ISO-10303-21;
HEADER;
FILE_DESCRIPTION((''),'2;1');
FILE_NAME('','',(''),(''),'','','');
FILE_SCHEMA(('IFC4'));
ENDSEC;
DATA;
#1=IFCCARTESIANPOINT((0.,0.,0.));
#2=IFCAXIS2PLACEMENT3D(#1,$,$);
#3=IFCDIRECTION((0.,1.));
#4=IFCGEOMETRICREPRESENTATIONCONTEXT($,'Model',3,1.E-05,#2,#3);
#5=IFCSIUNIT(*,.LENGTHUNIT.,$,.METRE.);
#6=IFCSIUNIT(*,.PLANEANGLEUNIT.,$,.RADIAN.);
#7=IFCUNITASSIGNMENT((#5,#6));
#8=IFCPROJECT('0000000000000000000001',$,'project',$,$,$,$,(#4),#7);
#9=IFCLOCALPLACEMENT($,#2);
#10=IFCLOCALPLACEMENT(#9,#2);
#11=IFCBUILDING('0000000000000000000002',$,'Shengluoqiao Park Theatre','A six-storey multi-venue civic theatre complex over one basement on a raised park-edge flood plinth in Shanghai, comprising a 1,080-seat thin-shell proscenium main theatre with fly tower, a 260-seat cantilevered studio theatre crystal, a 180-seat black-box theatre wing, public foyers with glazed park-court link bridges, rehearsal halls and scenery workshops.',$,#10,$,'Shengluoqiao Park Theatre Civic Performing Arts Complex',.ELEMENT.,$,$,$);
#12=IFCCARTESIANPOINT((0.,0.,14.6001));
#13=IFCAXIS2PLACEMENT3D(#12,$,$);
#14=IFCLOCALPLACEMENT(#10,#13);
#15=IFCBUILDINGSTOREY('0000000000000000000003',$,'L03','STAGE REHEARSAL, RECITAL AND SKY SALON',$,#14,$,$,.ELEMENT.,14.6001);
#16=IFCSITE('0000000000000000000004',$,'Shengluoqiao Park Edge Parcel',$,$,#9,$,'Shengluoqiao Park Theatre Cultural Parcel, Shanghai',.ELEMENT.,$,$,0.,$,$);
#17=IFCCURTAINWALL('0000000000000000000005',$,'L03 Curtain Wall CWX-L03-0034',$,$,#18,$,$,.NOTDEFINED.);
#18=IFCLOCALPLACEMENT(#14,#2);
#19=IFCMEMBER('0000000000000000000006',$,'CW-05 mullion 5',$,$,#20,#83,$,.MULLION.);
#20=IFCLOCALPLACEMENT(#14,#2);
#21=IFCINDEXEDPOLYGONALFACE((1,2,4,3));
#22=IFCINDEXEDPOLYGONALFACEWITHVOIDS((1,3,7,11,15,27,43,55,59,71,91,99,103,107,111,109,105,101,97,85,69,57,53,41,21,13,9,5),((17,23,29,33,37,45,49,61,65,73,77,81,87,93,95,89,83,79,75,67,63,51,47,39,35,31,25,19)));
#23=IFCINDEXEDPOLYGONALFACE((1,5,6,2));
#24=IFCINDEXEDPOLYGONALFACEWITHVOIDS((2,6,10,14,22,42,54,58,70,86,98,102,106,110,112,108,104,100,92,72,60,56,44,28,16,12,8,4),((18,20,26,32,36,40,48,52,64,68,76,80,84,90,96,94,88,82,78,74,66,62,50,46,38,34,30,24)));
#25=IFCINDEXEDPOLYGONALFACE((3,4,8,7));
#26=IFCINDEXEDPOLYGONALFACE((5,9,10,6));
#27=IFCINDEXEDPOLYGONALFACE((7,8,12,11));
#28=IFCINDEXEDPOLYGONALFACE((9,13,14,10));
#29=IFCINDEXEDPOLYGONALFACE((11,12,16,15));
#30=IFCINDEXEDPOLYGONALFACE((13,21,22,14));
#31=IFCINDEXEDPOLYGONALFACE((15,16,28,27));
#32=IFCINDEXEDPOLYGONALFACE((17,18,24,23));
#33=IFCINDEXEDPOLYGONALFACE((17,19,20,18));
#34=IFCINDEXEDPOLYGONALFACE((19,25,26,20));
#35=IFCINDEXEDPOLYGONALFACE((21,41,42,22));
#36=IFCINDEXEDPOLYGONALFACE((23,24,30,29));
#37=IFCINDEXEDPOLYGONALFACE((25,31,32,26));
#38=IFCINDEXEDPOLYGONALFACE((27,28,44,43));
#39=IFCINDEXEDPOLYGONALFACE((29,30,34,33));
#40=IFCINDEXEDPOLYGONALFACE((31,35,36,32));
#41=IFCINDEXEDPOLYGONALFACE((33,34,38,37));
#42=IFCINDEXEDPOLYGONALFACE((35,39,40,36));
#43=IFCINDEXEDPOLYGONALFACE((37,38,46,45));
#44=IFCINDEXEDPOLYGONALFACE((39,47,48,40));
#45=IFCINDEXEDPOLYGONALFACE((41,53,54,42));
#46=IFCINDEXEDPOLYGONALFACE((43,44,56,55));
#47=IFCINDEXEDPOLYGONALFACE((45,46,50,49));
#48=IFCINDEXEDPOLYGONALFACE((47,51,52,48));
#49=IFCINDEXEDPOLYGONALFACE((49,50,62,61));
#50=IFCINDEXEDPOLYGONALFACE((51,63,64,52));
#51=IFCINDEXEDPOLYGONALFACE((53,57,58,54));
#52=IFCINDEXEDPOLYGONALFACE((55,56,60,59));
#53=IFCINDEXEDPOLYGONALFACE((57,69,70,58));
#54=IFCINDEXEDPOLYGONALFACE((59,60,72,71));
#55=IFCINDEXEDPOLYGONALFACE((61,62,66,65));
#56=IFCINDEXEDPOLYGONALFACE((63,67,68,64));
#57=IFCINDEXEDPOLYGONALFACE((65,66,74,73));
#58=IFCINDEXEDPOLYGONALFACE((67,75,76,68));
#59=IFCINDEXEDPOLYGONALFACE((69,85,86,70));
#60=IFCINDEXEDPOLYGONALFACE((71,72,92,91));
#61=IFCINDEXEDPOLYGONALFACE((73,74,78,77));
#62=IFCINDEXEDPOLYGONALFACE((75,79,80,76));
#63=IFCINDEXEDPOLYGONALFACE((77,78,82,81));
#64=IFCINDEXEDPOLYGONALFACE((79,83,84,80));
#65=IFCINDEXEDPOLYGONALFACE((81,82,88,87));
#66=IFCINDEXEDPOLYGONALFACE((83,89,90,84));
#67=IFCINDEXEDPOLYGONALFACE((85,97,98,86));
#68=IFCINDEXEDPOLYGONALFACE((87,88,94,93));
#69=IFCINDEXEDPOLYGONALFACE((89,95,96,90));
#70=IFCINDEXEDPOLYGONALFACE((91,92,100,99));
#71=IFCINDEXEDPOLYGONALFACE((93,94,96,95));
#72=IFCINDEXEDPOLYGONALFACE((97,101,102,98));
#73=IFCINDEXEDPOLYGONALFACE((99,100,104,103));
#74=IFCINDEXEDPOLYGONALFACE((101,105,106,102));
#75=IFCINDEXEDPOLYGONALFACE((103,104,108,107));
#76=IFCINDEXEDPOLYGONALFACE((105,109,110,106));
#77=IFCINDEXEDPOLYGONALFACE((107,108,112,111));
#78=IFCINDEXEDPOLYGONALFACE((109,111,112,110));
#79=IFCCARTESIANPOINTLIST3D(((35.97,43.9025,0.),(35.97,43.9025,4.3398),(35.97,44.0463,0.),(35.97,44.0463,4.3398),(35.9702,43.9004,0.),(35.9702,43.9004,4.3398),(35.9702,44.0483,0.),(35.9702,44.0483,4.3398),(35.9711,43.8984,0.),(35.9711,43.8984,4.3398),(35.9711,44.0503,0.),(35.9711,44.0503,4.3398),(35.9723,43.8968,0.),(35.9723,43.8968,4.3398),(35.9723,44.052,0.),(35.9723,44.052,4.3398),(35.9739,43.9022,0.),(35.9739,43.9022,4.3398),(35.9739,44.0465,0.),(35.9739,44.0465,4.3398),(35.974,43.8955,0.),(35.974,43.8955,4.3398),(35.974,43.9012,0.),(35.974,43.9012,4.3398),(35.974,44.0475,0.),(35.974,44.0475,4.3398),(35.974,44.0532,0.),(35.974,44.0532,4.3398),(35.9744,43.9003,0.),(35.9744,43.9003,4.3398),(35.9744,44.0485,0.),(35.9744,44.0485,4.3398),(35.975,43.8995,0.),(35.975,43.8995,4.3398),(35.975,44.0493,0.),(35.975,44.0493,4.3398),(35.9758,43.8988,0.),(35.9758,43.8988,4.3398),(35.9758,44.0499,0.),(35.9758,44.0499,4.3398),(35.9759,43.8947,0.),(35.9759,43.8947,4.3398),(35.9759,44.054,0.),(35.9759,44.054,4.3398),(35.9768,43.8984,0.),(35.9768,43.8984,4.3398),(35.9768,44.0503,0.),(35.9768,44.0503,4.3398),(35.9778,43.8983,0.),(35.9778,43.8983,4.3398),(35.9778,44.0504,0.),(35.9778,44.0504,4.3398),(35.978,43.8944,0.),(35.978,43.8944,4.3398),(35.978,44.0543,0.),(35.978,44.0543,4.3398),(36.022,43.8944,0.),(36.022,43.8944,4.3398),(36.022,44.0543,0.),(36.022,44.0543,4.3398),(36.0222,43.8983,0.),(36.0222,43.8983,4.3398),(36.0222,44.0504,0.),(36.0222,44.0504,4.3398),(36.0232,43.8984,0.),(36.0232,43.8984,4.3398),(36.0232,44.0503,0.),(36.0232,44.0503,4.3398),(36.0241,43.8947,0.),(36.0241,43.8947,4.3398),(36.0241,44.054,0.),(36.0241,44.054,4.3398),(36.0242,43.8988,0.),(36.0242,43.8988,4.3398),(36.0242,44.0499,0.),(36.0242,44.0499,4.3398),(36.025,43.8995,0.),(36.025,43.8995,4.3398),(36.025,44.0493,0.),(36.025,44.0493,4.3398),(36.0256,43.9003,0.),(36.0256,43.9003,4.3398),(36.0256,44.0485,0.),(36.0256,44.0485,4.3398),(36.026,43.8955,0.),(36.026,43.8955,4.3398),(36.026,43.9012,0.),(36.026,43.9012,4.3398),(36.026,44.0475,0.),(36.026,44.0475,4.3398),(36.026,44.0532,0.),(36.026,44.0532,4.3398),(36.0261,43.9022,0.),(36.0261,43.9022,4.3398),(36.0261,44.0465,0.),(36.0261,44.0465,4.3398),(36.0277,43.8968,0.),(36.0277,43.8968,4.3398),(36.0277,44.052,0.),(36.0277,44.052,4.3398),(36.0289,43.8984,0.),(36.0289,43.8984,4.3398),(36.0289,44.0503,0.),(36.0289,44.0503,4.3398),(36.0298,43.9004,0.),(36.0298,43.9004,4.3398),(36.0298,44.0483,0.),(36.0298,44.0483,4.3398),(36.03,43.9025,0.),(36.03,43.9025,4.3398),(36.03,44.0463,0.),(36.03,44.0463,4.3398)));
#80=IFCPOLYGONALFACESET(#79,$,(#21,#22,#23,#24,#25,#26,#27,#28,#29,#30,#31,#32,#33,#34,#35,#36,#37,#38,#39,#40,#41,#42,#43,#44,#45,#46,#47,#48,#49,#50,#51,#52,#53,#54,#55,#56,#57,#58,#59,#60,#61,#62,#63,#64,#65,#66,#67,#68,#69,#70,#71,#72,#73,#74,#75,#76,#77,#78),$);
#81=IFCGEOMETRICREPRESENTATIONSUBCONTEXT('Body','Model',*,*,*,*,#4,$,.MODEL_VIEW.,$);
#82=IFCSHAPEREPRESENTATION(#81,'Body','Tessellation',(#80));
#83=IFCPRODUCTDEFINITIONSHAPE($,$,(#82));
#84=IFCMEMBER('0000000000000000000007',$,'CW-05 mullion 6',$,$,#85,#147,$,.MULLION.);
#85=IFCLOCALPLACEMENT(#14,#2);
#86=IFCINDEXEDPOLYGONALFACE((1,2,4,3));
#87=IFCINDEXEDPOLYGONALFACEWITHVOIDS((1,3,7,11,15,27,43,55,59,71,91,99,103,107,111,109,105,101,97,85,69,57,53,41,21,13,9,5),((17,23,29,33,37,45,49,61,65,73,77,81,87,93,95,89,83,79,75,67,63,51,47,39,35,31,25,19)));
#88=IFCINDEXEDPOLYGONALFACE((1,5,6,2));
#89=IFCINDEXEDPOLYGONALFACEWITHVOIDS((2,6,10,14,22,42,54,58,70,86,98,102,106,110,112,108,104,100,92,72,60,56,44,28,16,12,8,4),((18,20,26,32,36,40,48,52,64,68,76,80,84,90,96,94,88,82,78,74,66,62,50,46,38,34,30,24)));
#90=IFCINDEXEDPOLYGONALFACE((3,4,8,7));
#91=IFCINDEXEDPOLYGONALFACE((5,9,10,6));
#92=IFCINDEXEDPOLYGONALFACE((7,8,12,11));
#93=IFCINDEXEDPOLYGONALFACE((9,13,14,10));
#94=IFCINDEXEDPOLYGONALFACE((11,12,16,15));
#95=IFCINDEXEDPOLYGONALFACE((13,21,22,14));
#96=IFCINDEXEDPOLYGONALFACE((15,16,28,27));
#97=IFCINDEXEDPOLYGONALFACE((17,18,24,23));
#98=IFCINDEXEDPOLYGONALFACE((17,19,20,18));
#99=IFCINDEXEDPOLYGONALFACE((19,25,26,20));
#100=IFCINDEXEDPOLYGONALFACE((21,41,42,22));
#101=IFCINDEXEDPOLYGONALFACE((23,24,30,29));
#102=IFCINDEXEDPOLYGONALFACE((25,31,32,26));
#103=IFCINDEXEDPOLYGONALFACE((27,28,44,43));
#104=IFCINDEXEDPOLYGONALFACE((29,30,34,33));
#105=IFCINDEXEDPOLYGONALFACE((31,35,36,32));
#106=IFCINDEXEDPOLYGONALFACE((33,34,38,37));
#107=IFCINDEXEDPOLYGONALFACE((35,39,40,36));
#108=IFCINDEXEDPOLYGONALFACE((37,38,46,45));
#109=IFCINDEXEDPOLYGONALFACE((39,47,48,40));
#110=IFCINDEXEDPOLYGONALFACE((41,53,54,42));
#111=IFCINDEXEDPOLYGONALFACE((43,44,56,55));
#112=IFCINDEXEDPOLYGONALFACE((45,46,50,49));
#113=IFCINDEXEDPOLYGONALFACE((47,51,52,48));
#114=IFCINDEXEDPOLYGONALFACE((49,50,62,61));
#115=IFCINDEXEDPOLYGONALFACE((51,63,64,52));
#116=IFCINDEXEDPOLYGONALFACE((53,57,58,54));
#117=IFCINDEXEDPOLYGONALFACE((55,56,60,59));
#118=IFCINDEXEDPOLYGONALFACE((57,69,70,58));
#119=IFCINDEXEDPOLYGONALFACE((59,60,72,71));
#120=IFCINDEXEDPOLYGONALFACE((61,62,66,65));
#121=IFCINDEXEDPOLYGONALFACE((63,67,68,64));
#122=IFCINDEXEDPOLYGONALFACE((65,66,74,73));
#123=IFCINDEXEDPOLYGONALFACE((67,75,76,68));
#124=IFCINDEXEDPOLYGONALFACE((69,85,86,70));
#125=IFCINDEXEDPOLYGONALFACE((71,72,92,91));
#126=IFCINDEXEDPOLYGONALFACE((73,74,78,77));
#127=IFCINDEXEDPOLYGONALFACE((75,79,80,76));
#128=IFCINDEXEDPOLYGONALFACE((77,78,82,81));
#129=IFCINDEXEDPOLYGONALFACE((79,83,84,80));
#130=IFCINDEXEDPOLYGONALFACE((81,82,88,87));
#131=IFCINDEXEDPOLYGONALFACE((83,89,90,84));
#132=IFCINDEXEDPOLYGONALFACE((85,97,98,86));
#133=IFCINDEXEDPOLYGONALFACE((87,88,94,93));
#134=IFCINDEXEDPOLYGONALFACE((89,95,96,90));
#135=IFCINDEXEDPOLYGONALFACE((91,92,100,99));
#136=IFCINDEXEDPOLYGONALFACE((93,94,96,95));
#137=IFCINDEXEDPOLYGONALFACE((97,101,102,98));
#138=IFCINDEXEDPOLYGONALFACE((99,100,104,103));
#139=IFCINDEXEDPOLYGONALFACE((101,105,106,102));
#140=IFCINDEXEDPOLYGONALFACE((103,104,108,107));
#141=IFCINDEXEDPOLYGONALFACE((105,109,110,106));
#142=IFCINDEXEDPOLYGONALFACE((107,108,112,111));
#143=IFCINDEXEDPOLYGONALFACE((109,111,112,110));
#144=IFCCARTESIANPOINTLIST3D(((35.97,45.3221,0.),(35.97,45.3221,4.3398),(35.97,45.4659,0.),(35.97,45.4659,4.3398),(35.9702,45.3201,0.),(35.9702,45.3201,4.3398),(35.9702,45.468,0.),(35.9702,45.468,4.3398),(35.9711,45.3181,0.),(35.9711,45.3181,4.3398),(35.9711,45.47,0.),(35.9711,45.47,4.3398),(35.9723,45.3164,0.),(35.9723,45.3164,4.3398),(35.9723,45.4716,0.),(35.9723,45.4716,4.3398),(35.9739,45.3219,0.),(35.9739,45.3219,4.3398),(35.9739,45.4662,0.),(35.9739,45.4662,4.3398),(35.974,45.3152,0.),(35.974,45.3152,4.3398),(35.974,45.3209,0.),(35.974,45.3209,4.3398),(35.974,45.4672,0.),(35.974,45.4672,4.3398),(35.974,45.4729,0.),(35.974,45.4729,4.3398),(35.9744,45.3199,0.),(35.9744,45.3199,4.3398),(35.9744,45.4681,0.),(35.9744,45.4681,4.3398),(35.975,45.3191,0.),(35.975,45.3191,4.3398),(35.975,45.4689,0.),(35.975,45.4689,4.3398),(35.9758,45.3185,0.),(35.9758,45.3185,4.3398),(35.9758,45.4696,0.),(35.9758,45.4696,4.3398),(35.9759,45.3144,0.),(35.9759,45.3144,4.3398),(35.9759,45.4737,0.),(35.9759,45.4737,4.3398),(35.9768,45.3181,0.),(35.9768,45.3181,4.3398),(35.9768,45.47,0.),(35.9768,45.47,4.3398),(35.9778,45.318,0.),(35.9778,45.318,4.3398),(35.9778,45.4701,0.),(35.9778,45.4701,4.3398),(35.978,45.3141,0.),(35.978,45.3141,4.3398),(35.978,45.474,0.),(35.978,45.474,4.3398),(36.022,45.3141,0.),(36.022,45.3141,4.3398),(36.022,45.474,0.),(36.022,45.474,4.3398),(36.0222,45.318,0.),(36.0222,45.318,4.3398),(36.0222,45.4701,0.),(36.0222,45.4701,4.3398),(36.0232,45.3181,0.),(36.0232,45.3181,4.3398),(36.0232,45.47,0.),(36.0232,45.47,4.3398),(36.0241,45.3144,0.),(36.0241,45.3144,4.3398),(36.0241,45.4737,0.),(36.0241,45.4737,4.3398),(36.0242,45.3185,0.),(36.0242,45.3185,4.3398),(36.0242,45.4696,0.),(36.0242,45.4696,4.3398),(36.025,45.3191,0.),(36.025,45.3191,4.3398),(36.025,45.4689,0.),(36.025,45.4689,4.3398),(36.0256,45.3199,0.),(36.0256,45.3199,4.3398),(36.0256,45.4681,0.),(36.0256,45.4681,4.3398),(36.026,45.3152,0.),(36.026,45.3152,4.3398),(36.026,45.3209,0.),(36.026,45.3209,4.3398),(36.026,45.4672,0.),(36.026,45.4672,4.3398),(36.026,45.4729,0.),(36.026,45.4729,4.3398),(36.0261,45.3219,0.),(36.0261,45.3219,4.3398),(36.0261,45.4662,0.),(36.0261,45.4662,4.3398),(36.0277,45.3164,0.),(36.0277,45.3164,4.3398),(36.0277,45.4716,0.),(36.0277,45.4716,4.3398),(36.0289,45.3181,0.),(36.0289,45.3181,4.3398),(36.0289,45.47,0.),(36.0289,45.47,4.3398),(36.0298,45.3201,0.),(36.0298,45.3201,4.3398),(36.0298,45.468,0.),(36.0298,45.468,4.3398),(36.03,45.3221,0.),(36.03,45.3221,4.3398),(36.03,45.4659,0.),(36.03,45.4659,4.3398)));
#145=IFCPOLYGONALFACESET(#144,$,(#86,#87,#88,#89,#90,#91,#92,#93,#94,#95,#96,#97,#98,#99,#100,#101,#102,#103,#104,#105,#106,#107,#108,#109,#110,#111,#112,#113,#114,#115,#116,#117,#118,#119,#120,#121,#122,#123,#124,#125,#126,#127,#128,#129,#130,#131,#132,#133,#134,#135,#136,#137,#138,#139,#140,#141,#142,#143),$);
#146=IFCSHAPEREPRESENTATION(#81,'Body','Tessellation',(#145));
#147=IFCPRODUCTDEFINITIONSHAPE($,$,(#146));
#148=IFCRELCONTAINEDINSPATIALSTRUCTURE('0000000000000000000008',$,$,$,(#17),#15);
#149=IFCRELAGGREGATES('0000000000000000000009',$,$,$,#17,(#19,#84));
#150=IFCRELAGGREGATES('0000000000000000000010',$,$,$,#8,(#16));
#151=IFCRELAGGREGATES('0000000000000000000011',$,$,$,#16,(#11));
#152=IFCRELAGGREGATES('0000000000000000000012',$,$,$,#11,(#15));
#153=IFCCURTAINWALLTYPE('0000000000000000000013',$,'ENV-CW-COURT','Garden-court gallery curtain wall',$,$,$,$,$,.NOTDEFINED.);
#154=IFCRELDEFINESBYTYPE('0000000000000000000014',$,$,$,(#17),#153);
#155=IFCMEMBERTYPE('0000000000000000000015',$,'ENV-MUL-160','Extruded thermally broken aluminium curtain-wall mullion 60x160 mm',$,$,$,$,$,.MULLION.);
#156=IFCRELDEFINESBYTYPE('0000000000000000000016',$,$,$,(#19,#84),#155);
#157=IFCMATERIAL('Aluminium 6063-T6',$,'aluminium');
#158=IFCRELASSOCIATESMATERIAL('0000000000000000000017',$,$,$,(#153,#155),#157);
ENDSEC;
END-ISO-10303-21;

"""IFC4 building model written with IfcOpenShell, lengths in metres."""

from ifc_helpers import new_model, si_unit, direction, frame, origin, origin_2d, place, context, subcontext, project, spatial, hollow_rectangle, extrude, material, material_profile, profile_set, type_object, element, aggregate, save


model = new_model("IFC4")

# Units and contexts
model_context = context("Model", 3, precision=1e-05, world=origin(), true_north=direction((0.0, 1.0)))
body_context = subcontext(model_context, "Body", "Model", "MODEL_VIEW")
ifc_project = project(units=[si_unit("LENGTHUNIT", "METRE"), si_unit("PLANEANGLEUNIT", "RADIAN")], contexts=[model_context])

# Site, building, storey
site_placement = place(None, origin())
site = spatial("IfcSite", under=ifc_project, at=site_placement, Name="Shengluoqiao Park Edge Parcel", LongName="Shengluoqiao Park Theatre Cultural Parcel, Shanghai", CompositionType="ELEMENT", RefElevation=0.0)
building_placement = place(site_placement, origin())
building = spatial("IfcBuilding", under=site, at=building_placement, Name="Shengluoqiao Park Theatre", Description="A six-storey multi-venue civic theatre complex over one basement on a raised park-edge flood plinth in Shanghai, comprising a 1,080-seat thin-shell proscenium main theatre with fly tower, a 260-seat cantilevered studio theatre crystal, a 180-seat black-box theatre wing, public foyers with glazed park-court link bridges, rehearsal halls and scenery workshops.", LongName="Shengluoqiao Park Theatre Civic Performing Arts Complex", CompositionType="ELEMENT")
storey_placement = place(building_placement, frame((0.0, 0.0, 14.6001)))
storey = spatial("IfcBuildingStorey", under=building, at=storey_placement, Name="L03", Description="STAGE REHEARSAL, RECITAL AND SKY SALON", CompositionType="ELEMENT", Elevation=14.6001)

# Curtain wall, members
ifc_material_1 = material(Name="Aluminium 6063-T6", Category="aluminium")
curtain_wall_type = type_object("IfcCurtainWallType", Name="ENV-CW-COURT", Description="Garden-court gallery curtain wall", PredefinedType="NOTDEFINED", material=ifc_material_1)
curtain_wall_placement = place(storey_placement, origin())
curtain_wall = element("IfcCurtainWall", 1, at=curtain_wall_placement, inside=storey, type_object=curtain_wall_type, Name="L03 Curtain Wall CWX-L03-0034", PredefinedType="NOTDEFINED")
ifc_material_profile_1 = material_profile(ifc_material_1, hollow_rectangle(XDim=0.0601, YDim=0.1599, WallThickness=0.0039, InnerFilletRadius=0.0039, OuterFilletRadius=0.0081, at=origin_2d()), Name="ALU MULLION 160x60x4")
ifc_profile_set_1 = profile_set([ifc_material_profile_1], Name="Aluminium 6063-T6")
member_type_1 = type_object("IfcMemberType", Name="ENV-MUL-160", Description="Extruded thermally broken aluminium curtain-wall mullion 60x160 mm", PredefinedType="MULLION", material=ifc_profile_set_1)
member_1_placement = place(storey_placement, frame((36.0, 43.9744, 0.0), z_axis=(0.0, 0.0, 1.0), x_axis=(-1.0, 0.0, 0.0)))
member_1 = element("IfcMember", 2, at=member_1_placement, type_object=member_type_1, Name="CW-05 mullion 5", PredefinedType="MULLION", context=body_context, shape_type="SweptSolid", body=[
    extrude(hollow_rectangle(XDim=0.0601, YDim=0.1599, WallThickness=0.0039, InnerFilletRadius=0.0039, OuterFilletRadius=0.0081, at=origin_2d()), origin(), (0.0, 0.0, 1.0), 4.3398),
])
member_2_placement = place(storey_placement, frame((36.0, 45.394, 0.0), z_axis=(0.0, 0.0, 1.0), x_axis=(-1.0, 0.0, 0.0)))
member_2 = element("IfcMember", 3, at=member_2_placement, type_object=member_type_1, Name="CW-05 mullion 6", PredefinedType="MULLION", context=body_context, shape_type="SweptSolid", body=[
    extrude(hollow_rectangle(XDim=0.0601, YDim=0.1599, WallThickness=0.0039, InnerFilletRadius=0.0039, OuterFilletRadius=0.0081, at=origin_2d()), origin(), (0.0, 0.0, 1.0), 4.3398),
])

aggregate(curtain_wall, [member_1, member_2])

save(model, "model.ifc")
